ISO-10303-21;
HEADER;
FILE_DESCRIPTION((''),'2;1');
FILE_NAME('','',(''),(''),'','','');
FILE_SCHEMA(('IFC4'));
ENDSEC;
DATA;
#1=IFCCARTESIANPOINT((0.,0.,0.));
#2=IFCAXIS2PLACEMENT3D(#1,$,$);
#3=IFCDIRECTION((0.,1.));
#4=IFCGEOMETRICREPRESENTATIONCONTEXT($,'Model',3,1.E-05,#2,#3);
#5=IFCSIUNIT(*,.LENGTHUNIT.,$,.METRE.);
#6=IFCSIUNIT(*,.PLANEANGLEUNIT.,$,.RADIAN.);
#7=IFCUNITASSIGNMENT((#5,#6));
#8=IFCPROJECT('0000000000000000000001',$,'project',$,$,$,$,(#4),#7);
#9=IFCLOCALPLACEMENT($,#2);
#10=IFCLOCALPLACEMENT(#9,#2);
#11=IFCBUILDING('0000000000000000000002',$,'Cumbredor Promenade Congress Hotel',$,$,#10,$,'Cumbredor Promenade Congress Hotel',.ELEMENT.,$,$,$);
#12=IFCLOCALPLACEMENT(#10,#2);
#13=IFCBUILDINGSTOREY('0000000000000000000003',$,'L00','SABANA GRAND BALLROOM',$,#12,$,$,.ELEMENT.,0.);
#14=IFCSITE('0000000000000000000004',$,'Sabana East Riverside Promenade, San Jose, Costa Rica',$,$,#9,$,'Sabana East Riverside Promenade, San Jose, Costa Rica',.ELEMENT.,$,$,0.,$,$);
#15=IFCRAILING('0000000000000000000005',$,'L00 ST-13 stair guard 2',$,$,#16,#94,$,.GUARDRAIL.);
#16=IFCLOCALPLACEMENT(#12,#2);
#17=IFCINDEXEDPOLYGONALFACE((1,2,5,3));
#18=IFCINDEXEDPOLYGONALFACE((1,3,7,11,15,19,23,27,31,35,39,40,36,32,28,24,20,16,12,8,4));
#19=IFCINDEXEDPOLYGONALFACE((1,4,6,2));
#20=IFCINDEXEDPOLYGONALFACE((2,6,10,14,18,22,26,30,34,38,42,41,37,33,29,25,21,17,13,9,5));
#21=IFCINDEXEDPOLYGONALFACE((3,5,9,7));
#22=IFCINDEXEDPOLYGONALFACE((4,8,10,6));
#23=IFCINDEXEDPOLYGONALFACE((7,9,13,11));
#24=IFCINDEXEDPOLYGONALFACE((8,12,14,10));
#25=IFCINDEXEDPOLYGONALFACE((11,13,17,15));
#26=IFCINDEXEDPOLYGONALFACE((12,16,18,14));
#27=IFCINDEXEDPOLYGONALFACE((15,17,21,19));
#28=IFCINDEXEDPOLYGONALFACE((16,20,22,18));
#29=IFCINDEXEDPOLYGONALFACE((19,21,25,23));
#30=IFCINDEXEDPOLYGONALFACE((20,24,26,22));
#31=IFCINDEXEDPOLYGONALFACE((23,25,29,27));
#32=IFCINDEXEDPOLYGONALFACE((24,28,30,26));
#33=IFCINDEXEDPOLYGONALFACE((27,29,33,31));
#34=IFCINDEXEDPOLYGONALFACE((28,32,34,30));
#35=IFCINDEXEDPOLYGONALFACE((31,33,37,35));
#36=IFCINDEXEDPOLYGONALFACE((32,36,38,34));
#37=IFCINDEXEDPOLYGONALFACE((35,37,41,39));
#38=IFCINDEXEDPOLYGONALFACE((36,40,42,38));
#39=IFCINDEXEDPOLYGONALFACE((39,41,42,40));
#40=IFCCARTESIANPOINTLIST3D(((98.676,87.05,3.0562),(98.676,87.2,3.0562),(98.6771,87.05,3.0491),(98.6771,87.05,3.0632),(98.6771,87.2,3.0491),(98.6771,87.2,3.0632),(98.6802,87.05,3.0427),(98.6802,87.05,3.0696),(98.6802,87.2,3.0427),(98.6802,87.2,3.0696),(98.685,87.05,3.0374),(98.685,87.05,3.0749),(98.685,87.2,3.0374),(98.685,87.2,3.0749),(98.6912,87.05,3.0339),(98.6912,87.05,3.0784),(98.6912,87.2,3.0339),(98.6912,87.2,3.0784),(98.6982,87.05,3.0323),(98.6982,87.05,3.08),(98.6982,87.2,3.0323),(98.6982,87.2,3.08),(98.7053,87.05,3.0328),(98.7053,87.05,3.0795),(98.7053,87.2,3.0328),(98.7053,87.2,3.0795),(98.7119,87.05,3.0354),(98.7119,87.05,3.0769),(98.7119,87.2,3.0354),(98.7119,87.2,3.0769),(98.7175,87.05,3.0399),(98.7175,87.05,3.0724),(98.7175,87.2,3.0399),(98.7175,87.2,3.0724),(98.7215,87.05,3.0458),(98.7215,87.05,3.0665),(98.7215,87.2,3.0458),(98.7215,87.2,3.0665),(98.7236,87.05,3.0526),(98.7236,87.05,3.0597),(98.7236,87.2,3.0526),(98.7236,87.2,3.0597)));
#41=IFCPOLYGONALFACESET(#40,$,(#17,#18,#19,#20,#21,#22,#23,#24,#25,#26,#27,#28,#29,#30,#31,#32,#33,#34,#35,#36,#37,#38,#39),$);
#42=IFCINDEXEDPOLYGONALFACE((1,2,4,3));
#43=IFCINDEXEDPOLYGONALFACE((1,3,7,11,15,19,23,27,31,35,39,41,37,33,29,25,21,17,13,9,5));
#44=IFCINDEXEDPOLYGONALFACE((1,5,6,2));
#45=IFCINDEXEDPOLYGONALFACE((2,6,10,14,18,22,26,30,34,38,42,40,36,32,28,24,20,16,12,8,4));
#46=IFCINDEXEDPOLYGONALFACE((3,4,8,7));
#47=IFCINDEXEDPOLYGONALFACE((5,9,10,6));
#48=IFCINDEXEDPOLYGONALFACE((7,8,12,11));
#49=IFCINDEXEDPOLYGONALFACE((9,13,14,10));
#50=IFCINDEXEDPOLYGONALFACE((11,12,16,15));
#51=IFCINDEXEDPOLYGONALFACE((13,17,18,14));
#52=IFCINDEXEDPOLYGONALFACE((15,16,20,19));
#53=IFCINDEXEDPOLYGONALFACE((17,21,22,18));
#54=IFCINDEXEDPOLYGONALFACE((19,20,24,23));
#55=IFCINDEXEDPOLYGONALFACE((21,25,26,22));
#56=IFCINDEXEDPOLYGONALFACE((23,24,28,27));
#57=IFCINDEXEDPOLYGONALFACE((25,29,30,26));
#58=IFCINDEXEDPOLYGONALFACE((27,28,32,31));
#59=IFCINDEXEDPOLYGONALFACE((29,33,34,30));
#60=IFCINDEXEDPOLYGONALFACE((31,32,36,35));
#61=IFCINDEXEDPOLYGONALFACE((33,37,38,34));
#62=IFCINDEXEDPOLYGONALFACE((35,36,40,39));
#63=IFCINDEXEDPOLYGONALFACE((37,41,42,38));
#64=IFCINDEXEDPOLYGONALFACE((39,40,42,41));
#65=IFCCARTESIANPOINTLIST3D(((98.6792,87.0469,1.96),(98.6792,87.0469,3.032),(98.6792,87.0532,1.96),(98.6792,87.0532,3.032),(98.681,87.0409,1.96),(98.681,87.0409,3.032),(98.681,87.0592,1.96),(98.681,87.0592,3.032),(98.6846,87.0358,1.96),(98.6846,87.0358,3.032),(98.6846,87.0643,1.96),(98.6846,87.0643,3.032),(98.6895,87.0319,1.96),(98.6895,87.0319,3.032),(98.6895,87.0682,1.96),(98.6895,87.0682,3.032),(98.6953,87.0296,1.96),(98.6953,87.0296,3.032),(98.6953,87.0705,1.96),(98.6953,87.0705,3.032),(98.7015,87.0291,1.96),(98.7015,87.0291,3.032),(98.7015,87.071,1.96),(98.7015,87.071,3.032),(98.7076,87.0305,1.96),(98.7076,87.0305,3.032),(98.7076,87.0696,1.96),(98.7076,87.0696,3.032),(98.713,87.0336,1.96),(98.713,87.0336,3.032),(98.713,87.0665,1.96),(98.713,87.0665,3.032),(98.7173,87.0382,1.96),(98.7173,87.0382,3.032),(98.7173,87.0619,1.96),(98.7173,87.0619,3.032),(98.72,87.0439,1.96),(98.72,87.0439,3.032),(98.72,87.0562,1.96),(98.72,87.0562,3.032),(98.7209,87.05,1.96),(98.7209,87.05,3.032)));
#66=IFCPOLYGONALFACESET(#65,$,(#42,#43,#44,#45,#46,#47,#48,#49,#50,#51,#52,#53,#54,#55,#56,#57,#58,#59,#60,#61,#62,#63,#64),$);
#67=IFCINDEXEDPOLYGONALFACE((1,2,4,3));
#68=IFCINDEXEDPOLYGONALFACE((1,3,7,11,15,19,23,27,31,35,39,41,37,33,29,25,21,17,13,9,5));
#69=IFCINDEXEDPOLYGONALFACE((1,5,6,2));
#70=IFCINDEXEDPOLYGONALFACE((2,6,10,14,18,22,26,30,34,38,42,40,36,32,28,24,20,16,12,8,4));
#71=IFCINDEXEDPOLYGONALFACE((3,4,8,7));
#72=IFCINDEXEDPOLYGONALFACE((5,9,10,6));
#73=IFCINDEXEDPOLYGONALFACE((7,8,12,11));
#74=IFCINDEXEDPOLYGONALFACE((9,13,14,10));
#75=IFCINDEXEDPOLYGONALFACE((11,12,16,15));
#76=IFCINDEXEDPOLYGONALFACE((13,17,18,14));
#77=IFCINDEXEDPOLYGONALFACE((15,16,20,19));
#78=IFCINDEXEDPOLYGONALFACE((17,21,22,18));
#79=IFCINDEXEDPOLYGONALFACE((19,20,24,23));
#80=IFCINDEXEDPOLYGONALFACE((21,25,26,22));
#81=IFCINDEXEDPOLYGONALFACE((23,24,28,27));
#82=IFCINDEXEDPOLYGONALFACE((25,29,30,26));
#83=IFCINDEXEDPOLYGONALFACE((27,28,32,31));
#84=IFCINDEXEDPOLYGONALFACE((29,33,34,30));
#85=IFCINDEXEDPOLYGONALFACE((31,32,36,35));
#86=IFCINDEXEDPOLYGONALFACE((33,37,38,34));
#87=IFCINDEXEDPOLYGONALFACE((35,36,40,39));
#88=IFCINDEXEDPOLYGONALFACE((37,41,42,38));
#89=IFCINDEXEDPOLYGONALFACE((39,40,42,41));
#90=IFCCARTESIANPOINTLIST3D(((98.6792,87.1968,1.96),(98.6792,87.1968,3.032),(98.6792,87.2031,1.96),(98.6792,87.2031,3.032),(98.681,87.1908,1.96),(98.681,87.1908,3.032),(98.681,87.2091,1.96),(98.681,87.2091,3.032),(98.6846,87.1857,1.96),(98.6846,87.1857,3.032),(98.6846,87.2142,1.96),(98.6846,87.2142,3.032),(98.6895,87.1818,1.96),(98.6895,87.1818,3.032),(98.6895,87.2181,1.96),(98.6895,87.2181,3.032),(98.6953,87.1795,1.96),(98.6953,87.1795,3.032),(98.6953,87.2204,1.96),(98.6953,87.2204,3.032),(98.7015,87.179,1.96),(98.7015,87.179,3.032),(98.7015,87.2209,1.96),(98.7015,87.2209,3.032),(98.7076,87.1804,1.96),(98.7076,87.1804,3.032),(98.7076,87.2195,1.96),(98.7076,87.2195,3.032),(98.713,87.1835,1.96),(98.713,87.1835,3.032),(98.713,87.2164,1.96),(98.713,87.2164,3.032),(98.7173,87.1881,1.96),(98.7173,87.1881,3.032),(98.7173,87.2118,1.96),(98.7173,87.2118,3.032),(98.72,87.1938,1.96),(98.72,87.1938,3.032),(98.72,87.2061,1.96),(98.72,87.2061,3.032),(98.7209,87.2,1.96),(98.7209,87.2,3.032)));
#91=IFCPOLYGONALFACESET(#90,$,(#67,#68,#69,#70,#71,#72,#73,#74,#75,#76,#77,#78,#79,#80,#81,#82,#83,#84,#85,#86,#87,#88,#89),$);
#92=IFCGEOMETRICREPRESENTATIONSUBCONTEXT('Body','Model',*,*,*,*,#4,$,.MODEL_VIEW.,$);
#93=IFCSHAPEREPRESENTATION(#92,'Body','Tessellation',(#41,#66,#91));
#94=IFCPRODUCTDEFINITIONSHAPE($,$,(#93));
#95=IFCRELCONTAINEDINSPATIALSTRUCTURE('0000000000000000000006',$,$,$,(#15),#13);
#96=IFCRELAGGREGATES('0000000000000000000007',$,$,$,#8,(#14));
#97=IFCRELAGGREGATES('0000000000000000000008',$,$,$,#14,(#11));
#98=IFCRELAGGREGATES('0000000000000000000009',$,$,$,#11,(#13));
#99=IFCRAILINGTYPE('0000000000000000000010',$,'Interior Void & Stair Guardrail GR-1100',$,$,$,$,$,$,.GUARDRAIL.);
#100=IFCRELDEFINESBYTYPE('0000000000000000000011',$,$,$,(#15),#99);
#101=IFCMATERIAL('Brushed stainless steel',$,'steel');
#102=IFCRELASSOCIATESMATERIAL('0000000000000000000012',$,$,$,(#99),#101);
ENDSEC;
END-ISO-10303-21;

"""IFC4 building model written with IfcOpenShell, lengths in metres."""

from ifc_helpers import new_model, si_unit, direction, frame, origin, origin_2d, place, context, subcontext, project, spatial, circle, extrude, material, type_object, element, save


model = new_model("IFC4")

# Units and contexts
model_context = context("Model", 3, precision=1e-05, world=origin(), true_north=direction((0.0, 1.0)))
body_context = subcontext(model_context, "Body", "Model", "MODEL_VIEW")
ifc_project = project(units=[si_unit("LENGTHUNIT", "METRE"), si_unit("PLANEANGLEUNIT", "RADIAN")], contexts=[model_context])

# Site, building, storey
site_placement = place(None, origin())
site = spatial("IfcSite", under=ifc_project, at=site_placement, Name="Sabana East Riverside Promenade, San Jose, Costa Rica", LongName="Sabana East Riverside Promenade, San Jose, Costa Rica", CompositionType="ELEMENT", RefElevation=0.0)
building_placement = place(site_placement, origin())
building = spatial("IfcBuilding", under=site, at=building_placement, Name="Cumbredor Promenade Congress Hotel", LongName="Cumbredor Promenade Congress Hotel", CompositionType="ELEMENT")
storey_placement = place(building_placement, origin())
storey = spatial("IfcBuildingStorey", under=building, at=storey_placement, Name="L00", Description="SABANA GRAND BALLROOM", CompositionType="ELEMENT", Elevation=0.0)

# Shared definitions
ifc_material_1 = material(Name="Brushed stainless steel", Category="steel")

# Railing
railing_type_1 = type_object("IfcRailingType", Name="Interior Void & Stair Guardrail GR-1100", PredefinedType="GUARDRAIL", material=ifc_material_1)
railing_1_placement = place(storey_placement, frame((98.7, 87.05, 1.96)))
element("IfcRailing", 1, at=railing_1_placement, inside=storey, type_object=railing_type_1, Name="L00 ST-13 stair guard 2", PredefinedType="GUARDRAIL", context=body_context, shape_type="SweptSolid", body=[
    extrude(circle(Radius=0.0239, at=origin_2d()), frame((0.0, 0.0, 1.0962), z_axis=(0.0, 1.0, 0.0), x_axis=(-1.0, 0.0, 0.0)), (0.0, 0.0, 1.0), 0.1499),
    extrude(circle(Radius=0.021, at=origin_2d()), origin(), (0.0, 0.0, 1.0), 1.072),
    extrude(circle(Radius=0.021, at=origin_2d()), frame((0.0, 0.1499, 0.0)), (0.0, 0.0, 1.0), 1.072),
])

save(model, "model.ifc")
